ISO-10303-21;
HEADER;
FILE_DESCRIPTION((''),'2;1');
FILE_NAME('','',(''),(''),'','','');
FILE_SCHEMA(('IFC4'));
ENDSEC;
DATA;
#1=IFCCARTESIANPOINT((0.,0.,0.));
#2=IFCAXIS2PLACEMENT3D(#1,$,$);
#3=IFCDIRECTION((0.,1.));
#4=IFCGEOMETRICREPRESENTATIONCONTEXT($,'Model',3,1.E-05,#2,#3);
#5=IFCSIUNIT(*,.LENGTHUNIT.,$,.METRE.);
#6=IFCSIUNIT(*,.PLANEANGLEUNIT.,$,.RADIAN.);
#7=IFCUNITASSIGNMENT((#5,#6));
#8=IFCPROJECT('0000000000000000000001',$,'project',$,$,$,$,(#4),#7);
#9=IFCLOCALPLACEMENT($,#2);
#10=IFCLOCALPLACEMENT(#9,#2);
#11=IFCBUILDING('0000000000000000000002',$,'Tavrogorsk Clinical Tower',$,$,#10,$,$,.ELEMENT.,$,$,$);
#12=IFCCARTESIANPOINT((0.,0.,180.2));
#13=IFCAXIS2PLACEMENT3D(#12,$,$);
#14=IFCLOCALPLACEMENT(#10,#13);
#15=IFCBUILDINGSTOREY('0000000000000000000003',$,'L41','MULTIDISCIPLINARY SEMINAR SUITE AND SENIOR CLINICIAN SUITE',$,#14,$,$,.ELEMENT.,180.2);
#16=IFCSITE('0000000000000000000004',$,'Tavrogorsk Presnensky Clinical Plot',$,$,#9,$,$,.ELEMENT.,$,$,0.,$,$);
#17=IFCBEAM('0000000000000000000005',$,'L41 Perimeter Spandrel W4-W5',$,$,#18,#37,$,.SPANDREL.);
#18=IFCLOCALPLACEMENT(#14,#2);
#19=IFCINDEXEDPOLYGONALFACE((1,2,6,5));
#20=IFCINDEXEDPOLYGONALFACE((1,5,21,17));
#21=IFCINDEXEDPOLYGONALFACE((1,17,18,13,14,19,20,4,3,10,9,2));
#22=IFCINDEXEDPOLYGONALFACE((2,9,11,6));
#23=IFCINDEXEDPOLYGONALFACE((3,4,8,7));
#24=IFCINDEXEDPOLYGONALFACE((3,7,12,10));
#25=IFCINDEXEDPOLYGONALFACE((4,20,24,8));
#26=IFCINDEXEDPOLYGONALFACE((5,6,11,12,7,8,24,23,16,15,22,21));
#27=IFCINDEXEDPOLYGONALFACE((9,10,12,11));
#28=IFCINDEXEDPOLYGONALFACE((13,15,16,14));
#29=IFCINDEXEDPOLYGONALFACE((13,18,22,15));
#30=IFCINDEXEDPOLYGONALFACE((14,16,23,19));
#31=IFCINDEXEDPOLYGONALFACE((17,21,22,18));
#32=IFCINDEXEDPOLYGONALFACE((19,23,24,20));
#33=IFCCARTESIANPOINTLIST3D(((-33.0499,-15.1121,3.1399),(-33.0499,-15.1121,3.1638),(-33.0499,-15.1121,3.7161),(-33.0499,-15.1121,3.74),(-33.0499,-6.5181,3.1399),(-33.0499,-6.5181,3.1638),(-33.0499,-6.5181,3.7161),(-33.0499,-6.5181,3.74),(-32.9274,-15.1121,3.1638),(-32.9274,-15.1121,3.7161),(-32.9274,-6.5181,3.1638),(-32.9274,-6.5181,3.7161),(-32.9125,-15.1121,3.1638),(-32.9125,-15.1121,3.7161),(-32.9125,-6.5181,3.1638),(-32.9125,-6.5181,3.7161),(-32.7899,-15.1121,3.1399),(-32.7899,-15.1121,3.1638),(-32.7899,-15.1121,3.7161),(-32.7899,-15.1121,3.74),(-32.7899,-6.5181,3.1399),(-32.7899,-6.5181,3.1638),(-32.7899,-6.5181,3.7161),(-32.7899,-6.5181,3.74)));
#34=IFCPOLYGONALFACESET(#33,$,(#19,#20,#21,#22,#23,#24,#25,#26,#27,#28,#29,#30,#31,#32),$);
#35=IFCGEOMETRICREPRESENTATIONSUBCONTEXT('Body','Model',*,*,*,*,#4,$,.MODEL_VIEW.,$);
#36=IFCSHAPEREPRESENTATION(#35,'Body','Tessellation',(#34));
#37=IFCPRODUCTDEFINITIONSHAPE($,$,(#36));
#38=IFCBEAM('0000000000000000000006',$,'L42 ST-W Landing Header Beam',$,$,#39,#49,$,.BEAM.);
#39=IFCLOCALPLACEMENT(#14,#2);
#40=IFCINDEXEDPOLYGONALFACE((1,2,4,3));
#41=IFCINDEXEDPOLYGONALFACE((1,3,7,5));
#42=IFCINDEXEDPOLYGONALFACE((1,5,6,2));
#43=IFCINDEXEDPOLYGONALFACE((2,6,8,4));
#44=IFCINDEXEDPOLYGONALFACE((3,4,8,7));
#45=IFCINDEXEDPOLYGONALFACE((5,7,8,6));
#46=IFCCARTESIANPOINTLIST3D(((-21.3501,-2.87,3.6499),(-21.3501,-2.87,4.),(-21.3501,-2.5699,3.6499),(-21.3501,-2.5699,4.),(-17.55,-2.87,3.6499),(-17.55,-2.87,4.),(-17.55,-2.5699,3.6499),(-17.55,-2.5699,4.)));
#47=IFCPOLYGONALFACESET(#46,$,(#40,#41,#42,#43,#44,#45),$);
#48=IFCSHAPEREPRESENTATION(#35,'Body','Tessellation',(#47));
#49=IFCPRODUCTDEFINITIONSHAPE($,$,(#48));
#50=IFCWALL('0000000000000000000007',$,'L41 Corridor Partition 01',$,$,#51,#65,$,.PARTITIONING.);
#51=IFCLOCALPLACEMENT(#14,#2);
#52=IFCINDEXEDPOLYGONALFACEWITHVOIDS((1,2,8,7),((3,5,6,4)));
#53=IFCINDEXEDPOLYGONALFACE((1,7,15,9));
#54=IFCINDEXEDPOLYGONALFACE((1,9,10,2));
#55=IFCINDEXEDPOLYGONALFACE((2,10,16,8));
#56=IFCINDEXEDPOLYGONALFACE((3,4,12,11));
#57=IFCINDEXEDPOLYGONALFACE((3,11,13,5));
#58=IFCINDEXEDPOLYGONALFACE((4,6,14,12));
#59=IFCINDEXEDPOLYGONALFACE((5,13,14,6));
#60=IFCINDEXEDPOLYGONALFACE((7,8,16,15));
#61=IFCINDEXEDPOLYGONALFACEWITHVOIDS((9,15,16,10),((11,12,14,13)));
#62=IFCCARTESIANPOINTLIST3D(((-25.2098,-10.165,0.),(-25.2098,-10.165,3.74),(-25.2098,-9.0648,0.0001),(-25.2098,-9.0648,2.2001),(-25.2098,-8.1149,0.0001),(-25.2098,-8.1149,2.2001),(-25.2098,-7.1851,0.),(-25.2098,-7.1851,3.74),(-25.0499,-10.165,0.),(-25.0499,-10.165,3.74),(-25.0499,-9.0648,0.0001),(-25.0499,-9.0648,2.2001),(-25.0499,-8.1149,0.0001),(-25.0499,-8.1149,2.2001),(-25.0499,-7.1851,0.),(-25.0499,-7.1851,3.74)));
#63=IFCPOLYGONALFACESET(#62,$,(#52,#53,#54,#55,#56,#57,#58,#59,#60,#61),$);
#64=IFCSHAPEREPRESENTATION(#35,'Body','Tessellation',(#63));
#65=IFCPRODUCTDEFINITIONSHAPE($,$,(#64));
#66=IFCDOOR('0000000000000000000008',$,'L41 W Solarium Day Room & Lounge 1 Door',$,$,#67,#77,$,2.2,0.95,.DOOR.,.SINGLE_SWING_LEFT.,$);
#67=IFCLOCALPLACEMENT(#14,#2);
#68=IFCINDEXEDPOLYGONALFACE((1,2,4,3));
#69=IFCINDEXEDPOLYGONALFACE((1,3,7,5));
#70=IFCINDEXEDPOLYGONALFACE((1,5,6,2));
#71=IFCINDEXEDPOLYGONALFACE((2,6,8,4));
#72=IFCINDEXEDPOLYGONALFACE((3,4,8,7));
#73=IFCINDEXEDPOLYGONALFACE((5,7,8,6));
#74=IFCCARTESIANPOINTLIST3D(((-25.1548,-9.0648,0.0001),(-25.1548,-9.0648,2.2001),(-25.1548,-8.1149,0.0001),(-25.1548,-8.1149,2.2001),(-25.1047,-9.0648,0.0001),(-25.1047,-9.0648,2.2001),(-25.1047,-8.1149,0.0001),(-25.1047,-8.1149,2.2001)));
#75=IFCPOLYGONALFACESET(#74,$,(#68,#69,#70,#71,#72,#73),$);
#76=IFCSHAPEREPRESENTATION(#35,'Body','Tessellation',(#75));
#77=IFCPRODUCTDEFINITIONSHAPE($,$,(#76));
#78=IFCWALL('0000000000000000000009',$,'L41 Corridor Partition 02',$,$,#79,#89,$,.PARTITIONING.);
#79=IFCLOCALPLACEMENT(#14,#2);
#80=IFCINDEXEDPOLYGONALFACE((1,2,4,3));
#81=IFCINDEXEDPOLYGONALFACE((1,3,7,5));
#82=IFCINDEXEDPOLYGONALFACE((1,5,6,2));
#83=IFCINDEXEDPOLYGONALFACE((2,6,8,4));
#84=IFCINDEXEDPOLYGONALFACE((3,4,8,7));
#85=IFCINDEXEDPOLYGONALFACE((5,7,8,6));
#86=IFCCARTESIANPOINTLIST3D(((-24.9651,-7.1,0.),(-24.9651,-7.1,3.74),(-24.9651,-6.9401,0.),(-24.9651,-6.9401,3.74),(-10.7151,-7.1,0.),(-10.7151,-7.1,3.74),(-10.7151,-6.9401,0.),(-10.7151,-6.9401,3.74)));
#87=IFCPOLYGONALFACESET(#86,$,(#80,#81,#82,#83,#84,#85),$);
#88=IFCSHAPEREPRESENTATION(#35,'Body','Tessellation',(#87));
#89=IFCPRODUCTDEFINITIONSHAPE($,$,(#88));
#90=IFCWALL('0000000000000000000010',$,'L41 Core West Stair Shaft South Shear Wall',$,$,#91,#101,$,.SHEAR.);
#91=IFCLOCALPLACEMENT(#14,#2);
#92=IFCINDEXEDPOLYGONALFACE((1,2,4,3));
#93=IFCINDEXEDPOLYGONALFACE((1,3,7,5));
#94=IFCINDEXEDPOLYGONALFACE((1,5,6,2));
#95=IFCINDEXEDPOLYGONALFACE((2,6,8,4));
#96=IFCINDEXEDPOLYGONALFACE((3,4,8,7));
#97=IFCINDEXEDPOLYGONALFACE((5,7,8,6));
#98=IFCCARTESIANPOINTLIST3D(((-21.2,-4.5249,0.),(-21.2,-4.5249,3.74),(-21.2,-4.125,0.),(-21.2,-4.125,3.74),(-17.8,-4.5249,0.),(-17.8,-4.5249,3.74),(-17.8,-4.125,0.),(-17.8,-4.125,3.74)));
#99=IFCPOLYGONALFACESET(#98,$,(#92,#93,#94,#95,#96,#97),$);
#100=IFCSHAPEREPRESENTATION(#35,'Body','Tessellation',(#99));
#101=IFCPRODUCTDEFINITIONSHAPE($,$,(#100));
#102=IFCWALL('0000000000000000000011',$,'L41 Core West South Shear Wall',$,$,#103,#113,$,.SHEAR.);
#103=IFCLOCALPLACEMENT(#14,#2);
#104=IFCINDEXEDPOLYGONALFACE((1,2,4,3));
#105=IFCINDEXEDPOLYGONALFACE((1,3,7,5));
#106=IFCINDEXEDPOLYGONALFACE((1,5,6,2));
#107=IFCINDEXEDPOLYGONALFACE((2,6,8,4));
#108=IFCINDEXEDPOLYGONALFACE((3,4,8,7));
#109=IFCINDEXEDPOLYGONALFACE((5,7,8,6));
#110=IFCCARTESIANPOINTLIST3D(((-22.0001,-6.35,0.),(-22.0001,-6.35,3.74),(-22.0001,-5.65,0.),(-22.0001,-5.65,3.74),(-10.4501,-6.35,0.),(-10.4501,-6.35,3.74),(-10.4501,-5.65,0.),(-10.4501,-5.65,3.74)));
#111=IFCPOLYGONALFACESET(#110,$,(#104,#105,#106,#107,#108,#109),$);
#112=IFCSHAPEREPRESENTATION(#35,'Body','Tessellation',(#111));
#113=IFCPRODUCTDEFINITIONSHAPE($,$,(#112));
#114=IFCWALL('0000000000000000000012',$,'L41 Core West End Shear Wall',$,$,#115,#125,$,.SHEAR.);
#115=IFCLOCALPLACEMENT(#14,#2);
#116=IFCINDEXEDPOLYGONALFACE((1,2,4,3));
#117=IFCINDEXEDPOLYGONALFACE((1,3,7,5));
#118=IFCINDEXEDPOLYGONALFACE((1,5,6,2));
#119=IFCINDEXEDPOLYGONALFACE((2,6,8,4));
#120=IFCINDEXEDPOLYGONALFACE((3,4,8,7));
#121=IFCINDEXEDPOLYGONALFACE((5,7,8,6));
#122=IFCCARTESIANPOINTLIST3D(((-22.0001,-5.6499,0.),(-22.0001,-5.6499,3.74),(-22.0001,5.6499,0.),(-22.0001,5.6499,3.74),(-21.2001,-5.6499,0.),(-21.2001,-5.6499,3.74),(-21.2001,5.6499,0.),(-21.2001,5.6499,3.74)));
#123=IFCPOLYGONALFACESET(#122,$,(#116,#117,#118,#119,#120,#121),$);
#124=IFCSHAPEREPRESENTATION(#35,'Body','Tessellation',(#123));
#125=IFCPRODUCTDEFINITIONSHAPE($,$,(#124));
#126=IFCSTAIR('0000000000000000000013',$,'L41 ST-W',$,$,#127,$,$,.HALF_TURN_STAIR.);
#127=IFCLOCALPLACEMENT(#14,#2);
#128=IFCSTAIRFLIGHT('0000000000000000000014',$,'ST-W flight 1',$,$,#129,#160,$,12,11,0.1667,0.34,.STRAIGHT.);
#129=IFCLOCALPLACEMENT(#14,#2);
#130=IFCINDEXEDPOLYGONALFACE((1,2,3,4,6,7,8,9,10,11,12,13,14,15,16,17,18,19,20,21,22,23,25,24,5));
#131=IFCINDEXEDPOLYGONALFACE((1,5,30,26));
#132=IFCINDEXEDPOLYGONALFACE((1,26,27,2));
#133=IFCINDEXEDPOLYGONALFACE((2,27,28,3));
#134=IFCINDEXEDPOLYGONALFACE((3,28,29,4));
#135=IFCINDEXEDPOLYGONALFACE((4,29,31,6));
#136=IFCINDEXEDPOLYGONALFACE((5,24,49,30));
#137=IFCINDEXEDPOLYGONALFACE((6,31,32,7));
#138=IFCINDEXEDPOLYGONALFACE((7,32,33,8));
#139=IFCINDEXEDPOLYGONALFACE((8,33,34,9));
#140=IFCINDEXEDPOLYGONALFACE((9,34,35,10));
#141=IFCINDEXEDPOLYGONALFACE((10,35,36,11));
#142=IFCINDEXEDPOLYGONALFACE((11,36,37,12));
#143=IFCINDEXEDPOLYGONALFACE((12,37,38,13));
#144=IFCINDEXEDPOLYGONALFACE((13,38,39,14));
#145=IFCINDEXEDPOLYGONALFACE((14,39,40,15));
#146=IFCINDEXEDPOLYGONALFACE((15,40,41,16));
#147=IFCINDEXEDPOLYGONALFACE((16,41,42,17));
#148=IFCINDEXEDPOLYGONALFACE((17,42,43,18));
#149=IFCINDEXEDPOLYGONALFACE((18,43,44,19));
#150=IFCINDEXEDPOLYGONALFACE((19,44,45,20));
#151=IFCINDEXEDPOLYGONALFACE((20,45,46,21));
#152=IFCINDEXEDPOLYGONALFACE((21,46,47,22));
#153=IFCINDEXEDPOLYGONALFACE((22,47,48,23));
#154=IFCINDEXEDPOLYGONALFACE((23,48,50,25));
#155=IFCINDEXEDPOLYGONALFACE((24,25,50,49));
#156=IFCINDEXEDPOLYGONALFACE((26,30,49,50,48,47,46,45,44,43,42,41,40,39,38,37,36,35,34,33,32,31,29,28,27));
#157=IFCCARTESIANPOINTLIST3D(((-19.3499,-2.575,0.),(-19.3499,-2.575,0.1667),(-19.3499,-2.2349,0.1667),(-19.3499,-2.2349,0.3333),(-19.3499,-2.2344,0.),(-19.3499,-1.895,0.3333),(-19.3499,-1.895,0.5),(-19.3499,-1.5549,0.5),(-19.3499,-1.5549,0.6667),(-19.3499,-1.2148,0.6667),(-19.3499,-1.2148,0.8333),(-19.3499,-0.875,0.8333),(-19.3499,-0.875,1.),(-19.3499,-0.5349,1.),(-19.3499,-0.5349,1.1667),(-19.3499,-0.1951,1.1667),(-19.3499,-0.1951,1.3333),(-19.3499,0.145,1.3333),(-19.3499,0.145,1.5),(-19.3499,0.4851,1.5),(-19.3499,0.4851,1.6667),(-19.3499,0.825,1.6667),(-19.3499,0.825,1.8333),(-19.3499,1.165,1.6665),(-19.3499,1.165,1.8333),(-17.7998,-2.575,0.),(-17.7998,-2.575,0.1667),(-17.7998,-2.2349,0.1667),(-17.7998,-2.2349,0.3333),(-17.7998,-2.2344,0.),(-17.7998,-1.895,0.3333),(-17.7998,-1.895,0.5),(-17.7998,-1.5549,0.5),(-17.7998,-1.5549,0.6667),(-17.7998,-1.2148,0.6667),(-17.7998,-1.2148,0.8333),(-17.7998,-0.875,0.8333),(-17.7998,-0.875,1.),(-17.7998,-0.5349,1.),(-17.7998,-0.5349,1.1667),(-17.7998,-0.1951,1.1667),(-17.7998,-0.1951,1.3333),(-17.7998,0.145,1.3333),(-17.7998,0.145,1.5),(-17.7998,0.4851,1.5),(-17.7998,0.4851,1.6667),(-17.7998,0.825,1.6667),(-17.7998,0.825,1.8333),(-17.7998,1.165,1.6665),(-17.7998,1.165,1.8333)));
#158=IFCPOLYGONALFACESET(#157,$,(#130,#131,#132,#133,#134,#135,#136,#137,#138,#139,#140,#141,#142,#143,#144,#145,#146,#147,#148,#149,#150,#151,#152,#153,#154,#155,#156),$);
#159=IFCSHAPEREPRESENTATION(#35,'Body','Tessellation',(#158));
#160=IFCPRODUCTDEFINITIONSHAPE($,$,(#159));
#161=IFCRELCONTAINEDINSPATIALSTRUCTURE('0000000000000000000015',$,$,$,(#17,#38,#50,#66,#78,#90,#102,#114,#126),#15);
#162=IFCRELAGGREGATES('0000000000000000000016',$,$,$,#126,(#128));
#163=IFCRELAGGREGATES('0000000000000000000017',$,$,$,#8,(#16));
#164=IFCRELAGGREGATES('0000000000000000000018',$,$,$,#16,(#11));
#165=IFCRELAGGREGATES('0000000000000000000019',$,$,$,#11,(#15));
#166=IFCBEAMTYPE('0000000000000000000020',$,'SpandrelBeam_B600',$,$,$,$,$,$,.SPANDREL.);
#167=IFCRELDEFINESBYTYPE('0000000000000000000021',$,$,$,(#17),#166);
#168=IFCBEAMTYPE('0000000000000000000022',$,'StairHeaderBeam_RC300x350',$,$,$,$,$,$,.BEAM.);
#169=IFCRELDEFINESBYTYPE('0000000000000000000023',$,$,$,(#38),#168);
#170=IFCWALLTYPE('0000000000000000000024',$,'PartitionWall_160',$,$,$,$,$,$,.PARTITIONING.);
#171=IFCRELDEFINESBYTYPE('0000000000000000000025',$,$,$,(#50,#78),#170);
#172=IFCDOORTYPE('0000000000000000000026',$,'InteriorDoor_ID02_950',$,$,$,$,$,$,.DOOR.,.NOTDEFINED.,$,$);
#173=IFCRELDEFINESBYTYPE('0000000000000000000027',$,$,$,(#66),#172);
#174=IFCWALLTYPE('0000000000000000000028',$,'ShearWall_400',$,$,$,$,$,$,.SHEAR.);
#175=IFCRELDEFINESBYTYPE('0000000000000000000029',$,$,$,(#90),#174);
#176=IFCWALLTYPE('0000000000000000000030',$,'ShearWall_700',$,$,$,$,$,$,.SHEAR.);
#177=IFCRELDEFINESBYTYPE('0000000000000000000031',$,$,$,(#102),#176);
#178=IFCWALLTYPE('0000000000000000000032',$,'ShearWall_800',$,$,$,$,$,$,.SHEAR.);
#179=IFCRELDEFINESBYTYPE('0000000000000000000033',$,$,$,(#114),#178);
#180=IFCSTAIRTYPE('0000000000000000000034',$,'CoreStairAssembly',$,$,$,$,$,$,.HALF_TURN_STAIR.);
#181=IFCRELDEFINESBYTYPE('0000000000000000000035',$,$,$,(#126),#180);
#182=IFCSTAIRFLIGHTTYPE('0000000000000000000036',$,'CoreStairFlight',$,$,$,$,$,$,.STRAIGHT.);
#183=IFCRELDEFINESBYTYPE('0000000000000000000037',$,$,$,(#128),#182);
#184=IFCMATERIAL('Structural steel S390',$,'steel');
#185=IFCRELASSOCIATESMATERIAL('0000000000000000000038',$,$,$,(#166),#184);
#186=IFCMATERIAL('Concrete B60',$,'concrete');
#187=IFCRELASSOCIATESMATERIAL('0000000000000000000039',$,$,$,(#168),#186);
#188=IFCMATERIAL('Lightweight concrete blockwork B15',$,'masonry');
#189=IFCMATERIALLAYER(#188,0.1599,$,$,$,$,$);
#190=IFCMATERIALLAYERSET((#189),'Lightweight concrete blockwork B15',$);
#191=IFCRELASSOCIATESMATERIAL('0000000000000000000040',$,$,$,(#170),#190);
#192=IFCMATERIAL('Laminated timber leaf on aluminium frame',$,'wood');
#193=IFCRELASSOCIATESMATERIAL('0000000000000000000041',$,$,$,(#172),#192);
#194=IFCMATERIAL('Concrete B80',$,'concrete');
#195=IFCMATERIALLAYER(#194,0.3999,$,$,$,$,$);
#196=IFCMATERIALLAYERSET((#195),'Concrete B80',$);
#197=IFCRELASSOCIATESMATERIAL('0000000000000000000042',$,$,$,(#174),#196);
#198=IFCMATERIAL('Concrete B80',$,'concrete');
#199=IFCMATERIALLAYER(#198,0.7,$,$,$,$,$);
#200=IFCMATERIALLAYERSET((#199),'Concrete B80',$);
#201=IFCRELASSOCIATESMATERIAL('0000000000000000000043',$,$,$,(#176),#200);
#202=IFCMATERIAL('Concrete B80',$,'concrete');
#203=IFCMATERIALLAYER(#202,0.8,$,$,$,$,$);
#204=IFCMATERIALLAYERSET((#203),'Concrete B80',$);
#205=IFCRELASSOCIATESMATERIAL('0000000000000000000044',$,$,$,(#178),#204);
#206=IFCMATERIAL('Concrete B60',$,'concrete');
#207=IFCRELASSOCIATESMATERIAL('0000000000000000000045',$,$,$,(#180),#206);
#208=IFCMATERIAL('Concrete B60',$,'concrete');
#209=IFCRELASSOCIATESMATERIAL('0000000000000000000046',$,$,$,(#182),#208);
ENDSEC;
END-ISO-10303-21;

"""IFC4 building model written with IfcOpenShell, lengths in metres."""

from ifc_helpers import new_model, si_unit, direction, frame, frame_2d, origin, origin_2d, place, context, subcontext, project, spatial, polyline, rectangle, i_section, outline, extrude, material, layer, layer_set, material_profile, profile_set, type_object, element, fill, aggregate, save


model = new_model("IFC4")

# Units and contexts
model_context = context("Model", 3, precision=1e-05, world=origin(), true_north=direction((0.0, 1.0)))
body_context = subcontext(model_context, "Body", "Model", "MODEL_VIEW")
ifc_project = project(units=[si_unit("LENGTHUNIT", "METRE"), si_unit("PLANEANGLEUNIT", "RADIAN")], contexts=[model_context])

# Site, building, storey
site_placement = place(None, origin())
site = spatial("IfcSite", under=ifc_project, at=site_placement, Name="Tavrogorsk Presnensky Clinical Plot", CompositionType="ELEMENT", RefElevation=0.0)
building_placement = place(site_placement, origin())
building = spatial("IfcBuilding", under=site, at=building_placement, Name="Tavrogorsk Clinical Tower", CompositionType="ELEMENT")
storey_placement = place(building_placement, frame((0.0, 0.0, 180.2)))
storey = spatial("IfcBuildingStorey", under=building, at=storey_placement, Name="L41", Description="MULTIDISCIPLINARY SEMINAR SUITE AND SENIOR CLINICIAN SUITE", CompositionType="ELEMENT", Elevation=180.2)

# Beams
ifc_material_1 = material(Name="Structural steel S390", Category="steel")
ifc_material_profile_1 = material_profile(ifc_material_1, i_section(OverallWidth=0.26, OverallDepth=0.6001, WebThickness=0.0149, FlangeThickness=0.0239, at=origin_2d()), Name="B-600x260x15x24")
ifc_profile_set_1 = profile_set([ifc_material_profile_1], Name="Structural steel S390")
beam_type_1 = type_object("IfcBeamType", Name="SpandrelBeam_B600", PredefinedType="SPANDREL", material=ifc_profile_set_1)
beam_1_placement = place(storey_placement, frame((-32.9199, -6.5181, 3.4399), z_axis=(0.0, -1.0, 0.0), x_axis=(1.0, 0.0, 0.0)))
element("IfcBeam", 1, at=beam_1_placement, inside=storey, type_object=beam_type_1, Name="L41 Perimeter Spandrel W4-W5", PredefinedType="SPANDREL", context=body_context, shape_type="SweptSolid", body=[
    extrude(i_section(OverallWidth=0.26, OverallDepth=0.6001, WebThickness=0.0149, FlangeThickness=0.0239, at=origin_2d()), origin(), (0.0, 0.0, 1.0), 8.594),
])
ifc_material_2 = material(Name="Concrete B60", Category="concrete")
ifc_material_profile_2 = material_profile(ifc_material_2, rectangle(XDim=0.3, YDim=0.3501, at=origin_2d()), Name="RC-SHB-300x350")
ifc_profile_set_2 = profile_set([ifc_material_profile_2], Name="Concrete B60")
beam_type_2 = type_object("IfcBeamType", Name="StairHeaderBeam_RC300x350", PredefinedType="BEAM", material=ifc_profile_set_2)
beam_2_placement = place(storey_placement, frame((-21.3501, -2.72, 3.825), z_axis=(1.0, 0.0, 0.0), x_axis=(0.0, 1.0, 0.0)))
element("IfcBeam", 2, at=beam_2_placement, inside=storey, type_object=beam_type_2, Name="L42 ST-W Landing Header Beam", PredefinedType="BEAM", context=body_context, shape_type="SweptSolid", body=[
    extrude(rectangle(XDim=0.3, YDim=0.3501, at=origin_2d()), origin(), (0.0, 0.0, 1.0), 3.8),
])

# Wall, opening, door
ifc_material_3 = material(Name="Lightweight concrete blockwork B15", Category="masonry")
ifc_layer_1 = layer(ifc_material_3, 0.1599)
ifc_layer_set_1 = layer_set([ifc_layer_1], Name="Lightweight concrete blockwork B15")
wall_type_1 = type_object("IfcWallType", Name="PartitionWall_160", PredefinedType="PARTITIONING", material=ifc_layer_set_1)
wall_1_placement = place(storey_placement, frame((-25.1299, -10.165, 0.0), z_axis=(0.0, 0.0, 1.0), x_axis=(0.0, 1.0, 0.0)))
wall_1 = element("IfcWall", 3, at=wall_1_placement, inside=storey, type_object=wall_type_1, Name="L41 Corridor Partition 01", PredefinedType="PARTITIONING", context=body_context, shape_type="SweptSolid", body=[
    extrude(rectangle(XDim=2.98, YDim=0.1599, at=frame_2d((1.49, 0.0))), origin(), (0.0, 0.0, 1.0), 3.74),
])
opening_placement = place(wall_1_placement, frame((1.1001, 0.0, 0.0)))
opening = element("IfcOpeningElement", 4, at=opening_placement, cuts=wall_1, PredefinedType="OPENING", context=body_context, shape_type="SweptSolid", body=[
    extrude(rectangle(XDim=0.95, YDim=2.2, at=frame_2d((0.4751, 1.1001))), frame((0.0, 0.0898, 0.0), z_axis=(0.0, -1.0, 0.0), x_axis=(1.0, 0.0, 0.0)), (0.0, 0.0, 1.0), 0.1799),
])
ifc_material_4 = material(Name="Laminated timber leaf on aluminium frame", Category="wood")
door_type = type_object("IfcDoorType", Name="InteriorDoor_ID02_950", OperationType="NOTDEFINED", PredefinedType="DOOR", material=ifc_material_4)
door_placement = place(opening_placement, origin())
door = element("IfcDoor", 5, at=door_placement, inside=storey, type_object=door_type, Name="L41 W Solarium Day Room & Lounge 1 Door", OperationType="SINGLE_SWING_LEFT", OverallHeight=2.2, OverallWidth=0.95, PredefinedType="DOOR", context=body_context, shape_type="SweptSolid", body=[
    extrude(rectangle(XDim=0.95, YDim=2.2, at=frame_2d((0.4751, 1.1001))), frame((0.0, 0.0249, 0.0), z_axis=(0.0, -1.0, 0.0), x_axis=(1.0, 0.0, 0.0)), (0.0, 0.0, 1.0), 0.05),
])
fill(opening, door)

# Walls
wall_2_placement = place(storey_placement, frame((-24.9651, -7.02, 0.0), z_axis=(0.0, 0.0, 1.0), x_axis=(1.0, 0.0, 0.0)))
element("IfcWall", 6, at=wall_2_placement, inside=storey, type_object=wall_type_1, Name="L41 Corridor Partition 02", PredefinedType="PARTITIONING", context=body_context, shape_type="SweptSolid", body=[
    extrude(rectangle(XDim=14.25, YDim=0.1599, at=frame_2d((7.125, 0.0))), origin(), (0.0, 0.0, 1.0), 3.74),
])
ifc_material_5 = material(Name="Concrete B80", Category="concrete")
ifc_layer_2 = layer(ifc_material_5, 0.3999)
ifc_layer_set_2 = layer_set([ifc_layer_2], Name="Concrete B80")
wall_type_2 = type_object("IfcWallType", Name="ShearWall_400", PredefinedType="SHEAR", material=ifc_layer_set_2)
wall_3_placement = place(storey_placement, frame((-21.2, -4.325, 0.0), z_axis=(0.0, 0.0, 1.0), x_axis=(1.0, 0.0, 0.0)))
element("IfcWall", 7, at=wall_3_placement, inside=storey, type_object=wall_type_2, Name="L41 Core West Stair Shaft South Shear Wall", PredefinedType="SHEAR", context=body_context, shape_type="SweptSolid", body=[
    extrude(rectangle(XDim=3.3999, YDim=0.3999, at=frame_2d((1.7, 0.0))), origin(), (0.0, 0.0, 1.0), 3.74),
])
ifc_material_6 = material(Name="Concrete B80", Category="concrete")
ifc_layer_3 = layer(ifc_material_6, 0.7)
ifc_layer_set_3 = layer_set([ifc_layer_3], Name="Concrete B80")
wall_type_3 = type_object("IfcWallType", Name="ShearWall_700", PredefinedType="SHEAR", material=ifc_layer_set_3)
wall_4_placement = place(storey_placement, frame((-22.0, -6.0, 0.0), z_axis=(0.0, 0.0, 1.0), x_axis=(1.0, 0.0, 0.0)))
element("IfcWall", 8, at=wall_4_placement, inside=storey, type_object=wall_type_3, Name="L41 Core West South Shear Wall", PredefinedType="SHEAR", context=body_context, shape_type="SweptSolid", body=[
    extrude(rectangle(XDim=11.55, YDim=0.7, at=frame_2d((5.7749, 0.0))), origin(), (0.0, 0.0, 1.0), 3.74),
])
ifc_material_7 = material(Name="Concrete B80", Category="concrete")
ifc_layer_4 = layer(ifc_material_7, 0.8)
ifc_layer_set_4 = layer_set([ifc_layer_4], Name="Concrete B80")
wall_type_4 = type_object("IfcWallType", Name="ShearWall_800", PredefinedType="SHEAR", material=ifc_layer_set_4)
wall_5_placement = place(storey_placement, frame((-21.6001, -5.6499, 0.0), z_axis=(0.0, 0.0, 1.0), x_axis=(0.0, 1.0, 0.0)))
element("IfcWall", 9, at=wall_5_placement, inside=storey, type_object=wall_type_4, Name="L41 Core West End Shear Wall", PredefinedType="SHEAR", context=body_context, shape_type="SweptSolid", body=[
    extrude(rectangle(XDim=11.2998, YDim=0.8, at=frame_2d((5.6499, 0.0))), origin(), (0.0, 0.0, 1.0), 3.74),
])

# Stair, stair flight
ifc_material_8 = material(Name="Concrete B60", Category="concrete")
stair_type = type_object("IfcStairType", Name="CoreStairAssembly", PredefinedType="HALF_TURN_STAIR", material=ifc_material_8)
stair_placement = place(storey_placement, origin())
stair = element("IfcStair", 10, at=stair_placement, inside=storey, type_object=stair_type, Name="L41 ST-W", PredefinedType="HALF_TURN_STAIR")
ifc_material_9 = material(Name="Concrete B60", Category="concrete")
stair_flight_type = type_object("IfcStairFlightType", Name="CoreStairFlight", PredefinedType="STRAIGHT", material=ifc_material_9)
stair_flight_placement = place(storey_placement, frame((-18.575, -2.575, 0.0), z_axis=(0.0, 0.0, 1.0), x_axis=(0.0, 1.0, 0.0)))
stair_flight = element("IfcStairFlight", 11, at=stair_flight_placement, type_object=stair_flight_type, Name="ST-W flight 1", NumberOfRisers=12, NumberOfTreads=11, PredefinedType="STRAIGHT", RiserHeight=0.1667, TreadLength=0.34, context=body_context, shape_type="SweptSolid", body=[
    extrude(outline(polyline([(0.0, 0.0), (0.0, 0.1667), (0.3401, 0.1667), (0.3401, 0.3333), (0.6799, 0.3333), (0.6799, 0.5), (1.02, 0.5), (1.02, 0.6667), (1.3601, 0.6667), (1.3601, 0.8333), (1.7, 0.8333), (1.7, 1.0), (2.04, 1.0), (2.04, 1.1667), (2.3799, 1.1667), (2.3799, 1.3333), (2.72, 1.3333), (2.72, 1.5), (3.0601, 1.5), (3.0601, 1.6667), (3.3999, 1.6667), (3.3999, 1.8333), (3.74, 1.8333), (3.74, 2.0), (3.74, 1.6665), (0.3406, 0.0), (0.0, 0.0)])), frame((0.0, 0.7749, 0.0), z_axis=(0.0, -1.0, 0.0), x_axis=(1.0, 0.0, 0.0)), (0.0, 0.0, 1.0), 1.55),
])
aggregate(stair, [stair_flight])

save(model, "model.ifc")
